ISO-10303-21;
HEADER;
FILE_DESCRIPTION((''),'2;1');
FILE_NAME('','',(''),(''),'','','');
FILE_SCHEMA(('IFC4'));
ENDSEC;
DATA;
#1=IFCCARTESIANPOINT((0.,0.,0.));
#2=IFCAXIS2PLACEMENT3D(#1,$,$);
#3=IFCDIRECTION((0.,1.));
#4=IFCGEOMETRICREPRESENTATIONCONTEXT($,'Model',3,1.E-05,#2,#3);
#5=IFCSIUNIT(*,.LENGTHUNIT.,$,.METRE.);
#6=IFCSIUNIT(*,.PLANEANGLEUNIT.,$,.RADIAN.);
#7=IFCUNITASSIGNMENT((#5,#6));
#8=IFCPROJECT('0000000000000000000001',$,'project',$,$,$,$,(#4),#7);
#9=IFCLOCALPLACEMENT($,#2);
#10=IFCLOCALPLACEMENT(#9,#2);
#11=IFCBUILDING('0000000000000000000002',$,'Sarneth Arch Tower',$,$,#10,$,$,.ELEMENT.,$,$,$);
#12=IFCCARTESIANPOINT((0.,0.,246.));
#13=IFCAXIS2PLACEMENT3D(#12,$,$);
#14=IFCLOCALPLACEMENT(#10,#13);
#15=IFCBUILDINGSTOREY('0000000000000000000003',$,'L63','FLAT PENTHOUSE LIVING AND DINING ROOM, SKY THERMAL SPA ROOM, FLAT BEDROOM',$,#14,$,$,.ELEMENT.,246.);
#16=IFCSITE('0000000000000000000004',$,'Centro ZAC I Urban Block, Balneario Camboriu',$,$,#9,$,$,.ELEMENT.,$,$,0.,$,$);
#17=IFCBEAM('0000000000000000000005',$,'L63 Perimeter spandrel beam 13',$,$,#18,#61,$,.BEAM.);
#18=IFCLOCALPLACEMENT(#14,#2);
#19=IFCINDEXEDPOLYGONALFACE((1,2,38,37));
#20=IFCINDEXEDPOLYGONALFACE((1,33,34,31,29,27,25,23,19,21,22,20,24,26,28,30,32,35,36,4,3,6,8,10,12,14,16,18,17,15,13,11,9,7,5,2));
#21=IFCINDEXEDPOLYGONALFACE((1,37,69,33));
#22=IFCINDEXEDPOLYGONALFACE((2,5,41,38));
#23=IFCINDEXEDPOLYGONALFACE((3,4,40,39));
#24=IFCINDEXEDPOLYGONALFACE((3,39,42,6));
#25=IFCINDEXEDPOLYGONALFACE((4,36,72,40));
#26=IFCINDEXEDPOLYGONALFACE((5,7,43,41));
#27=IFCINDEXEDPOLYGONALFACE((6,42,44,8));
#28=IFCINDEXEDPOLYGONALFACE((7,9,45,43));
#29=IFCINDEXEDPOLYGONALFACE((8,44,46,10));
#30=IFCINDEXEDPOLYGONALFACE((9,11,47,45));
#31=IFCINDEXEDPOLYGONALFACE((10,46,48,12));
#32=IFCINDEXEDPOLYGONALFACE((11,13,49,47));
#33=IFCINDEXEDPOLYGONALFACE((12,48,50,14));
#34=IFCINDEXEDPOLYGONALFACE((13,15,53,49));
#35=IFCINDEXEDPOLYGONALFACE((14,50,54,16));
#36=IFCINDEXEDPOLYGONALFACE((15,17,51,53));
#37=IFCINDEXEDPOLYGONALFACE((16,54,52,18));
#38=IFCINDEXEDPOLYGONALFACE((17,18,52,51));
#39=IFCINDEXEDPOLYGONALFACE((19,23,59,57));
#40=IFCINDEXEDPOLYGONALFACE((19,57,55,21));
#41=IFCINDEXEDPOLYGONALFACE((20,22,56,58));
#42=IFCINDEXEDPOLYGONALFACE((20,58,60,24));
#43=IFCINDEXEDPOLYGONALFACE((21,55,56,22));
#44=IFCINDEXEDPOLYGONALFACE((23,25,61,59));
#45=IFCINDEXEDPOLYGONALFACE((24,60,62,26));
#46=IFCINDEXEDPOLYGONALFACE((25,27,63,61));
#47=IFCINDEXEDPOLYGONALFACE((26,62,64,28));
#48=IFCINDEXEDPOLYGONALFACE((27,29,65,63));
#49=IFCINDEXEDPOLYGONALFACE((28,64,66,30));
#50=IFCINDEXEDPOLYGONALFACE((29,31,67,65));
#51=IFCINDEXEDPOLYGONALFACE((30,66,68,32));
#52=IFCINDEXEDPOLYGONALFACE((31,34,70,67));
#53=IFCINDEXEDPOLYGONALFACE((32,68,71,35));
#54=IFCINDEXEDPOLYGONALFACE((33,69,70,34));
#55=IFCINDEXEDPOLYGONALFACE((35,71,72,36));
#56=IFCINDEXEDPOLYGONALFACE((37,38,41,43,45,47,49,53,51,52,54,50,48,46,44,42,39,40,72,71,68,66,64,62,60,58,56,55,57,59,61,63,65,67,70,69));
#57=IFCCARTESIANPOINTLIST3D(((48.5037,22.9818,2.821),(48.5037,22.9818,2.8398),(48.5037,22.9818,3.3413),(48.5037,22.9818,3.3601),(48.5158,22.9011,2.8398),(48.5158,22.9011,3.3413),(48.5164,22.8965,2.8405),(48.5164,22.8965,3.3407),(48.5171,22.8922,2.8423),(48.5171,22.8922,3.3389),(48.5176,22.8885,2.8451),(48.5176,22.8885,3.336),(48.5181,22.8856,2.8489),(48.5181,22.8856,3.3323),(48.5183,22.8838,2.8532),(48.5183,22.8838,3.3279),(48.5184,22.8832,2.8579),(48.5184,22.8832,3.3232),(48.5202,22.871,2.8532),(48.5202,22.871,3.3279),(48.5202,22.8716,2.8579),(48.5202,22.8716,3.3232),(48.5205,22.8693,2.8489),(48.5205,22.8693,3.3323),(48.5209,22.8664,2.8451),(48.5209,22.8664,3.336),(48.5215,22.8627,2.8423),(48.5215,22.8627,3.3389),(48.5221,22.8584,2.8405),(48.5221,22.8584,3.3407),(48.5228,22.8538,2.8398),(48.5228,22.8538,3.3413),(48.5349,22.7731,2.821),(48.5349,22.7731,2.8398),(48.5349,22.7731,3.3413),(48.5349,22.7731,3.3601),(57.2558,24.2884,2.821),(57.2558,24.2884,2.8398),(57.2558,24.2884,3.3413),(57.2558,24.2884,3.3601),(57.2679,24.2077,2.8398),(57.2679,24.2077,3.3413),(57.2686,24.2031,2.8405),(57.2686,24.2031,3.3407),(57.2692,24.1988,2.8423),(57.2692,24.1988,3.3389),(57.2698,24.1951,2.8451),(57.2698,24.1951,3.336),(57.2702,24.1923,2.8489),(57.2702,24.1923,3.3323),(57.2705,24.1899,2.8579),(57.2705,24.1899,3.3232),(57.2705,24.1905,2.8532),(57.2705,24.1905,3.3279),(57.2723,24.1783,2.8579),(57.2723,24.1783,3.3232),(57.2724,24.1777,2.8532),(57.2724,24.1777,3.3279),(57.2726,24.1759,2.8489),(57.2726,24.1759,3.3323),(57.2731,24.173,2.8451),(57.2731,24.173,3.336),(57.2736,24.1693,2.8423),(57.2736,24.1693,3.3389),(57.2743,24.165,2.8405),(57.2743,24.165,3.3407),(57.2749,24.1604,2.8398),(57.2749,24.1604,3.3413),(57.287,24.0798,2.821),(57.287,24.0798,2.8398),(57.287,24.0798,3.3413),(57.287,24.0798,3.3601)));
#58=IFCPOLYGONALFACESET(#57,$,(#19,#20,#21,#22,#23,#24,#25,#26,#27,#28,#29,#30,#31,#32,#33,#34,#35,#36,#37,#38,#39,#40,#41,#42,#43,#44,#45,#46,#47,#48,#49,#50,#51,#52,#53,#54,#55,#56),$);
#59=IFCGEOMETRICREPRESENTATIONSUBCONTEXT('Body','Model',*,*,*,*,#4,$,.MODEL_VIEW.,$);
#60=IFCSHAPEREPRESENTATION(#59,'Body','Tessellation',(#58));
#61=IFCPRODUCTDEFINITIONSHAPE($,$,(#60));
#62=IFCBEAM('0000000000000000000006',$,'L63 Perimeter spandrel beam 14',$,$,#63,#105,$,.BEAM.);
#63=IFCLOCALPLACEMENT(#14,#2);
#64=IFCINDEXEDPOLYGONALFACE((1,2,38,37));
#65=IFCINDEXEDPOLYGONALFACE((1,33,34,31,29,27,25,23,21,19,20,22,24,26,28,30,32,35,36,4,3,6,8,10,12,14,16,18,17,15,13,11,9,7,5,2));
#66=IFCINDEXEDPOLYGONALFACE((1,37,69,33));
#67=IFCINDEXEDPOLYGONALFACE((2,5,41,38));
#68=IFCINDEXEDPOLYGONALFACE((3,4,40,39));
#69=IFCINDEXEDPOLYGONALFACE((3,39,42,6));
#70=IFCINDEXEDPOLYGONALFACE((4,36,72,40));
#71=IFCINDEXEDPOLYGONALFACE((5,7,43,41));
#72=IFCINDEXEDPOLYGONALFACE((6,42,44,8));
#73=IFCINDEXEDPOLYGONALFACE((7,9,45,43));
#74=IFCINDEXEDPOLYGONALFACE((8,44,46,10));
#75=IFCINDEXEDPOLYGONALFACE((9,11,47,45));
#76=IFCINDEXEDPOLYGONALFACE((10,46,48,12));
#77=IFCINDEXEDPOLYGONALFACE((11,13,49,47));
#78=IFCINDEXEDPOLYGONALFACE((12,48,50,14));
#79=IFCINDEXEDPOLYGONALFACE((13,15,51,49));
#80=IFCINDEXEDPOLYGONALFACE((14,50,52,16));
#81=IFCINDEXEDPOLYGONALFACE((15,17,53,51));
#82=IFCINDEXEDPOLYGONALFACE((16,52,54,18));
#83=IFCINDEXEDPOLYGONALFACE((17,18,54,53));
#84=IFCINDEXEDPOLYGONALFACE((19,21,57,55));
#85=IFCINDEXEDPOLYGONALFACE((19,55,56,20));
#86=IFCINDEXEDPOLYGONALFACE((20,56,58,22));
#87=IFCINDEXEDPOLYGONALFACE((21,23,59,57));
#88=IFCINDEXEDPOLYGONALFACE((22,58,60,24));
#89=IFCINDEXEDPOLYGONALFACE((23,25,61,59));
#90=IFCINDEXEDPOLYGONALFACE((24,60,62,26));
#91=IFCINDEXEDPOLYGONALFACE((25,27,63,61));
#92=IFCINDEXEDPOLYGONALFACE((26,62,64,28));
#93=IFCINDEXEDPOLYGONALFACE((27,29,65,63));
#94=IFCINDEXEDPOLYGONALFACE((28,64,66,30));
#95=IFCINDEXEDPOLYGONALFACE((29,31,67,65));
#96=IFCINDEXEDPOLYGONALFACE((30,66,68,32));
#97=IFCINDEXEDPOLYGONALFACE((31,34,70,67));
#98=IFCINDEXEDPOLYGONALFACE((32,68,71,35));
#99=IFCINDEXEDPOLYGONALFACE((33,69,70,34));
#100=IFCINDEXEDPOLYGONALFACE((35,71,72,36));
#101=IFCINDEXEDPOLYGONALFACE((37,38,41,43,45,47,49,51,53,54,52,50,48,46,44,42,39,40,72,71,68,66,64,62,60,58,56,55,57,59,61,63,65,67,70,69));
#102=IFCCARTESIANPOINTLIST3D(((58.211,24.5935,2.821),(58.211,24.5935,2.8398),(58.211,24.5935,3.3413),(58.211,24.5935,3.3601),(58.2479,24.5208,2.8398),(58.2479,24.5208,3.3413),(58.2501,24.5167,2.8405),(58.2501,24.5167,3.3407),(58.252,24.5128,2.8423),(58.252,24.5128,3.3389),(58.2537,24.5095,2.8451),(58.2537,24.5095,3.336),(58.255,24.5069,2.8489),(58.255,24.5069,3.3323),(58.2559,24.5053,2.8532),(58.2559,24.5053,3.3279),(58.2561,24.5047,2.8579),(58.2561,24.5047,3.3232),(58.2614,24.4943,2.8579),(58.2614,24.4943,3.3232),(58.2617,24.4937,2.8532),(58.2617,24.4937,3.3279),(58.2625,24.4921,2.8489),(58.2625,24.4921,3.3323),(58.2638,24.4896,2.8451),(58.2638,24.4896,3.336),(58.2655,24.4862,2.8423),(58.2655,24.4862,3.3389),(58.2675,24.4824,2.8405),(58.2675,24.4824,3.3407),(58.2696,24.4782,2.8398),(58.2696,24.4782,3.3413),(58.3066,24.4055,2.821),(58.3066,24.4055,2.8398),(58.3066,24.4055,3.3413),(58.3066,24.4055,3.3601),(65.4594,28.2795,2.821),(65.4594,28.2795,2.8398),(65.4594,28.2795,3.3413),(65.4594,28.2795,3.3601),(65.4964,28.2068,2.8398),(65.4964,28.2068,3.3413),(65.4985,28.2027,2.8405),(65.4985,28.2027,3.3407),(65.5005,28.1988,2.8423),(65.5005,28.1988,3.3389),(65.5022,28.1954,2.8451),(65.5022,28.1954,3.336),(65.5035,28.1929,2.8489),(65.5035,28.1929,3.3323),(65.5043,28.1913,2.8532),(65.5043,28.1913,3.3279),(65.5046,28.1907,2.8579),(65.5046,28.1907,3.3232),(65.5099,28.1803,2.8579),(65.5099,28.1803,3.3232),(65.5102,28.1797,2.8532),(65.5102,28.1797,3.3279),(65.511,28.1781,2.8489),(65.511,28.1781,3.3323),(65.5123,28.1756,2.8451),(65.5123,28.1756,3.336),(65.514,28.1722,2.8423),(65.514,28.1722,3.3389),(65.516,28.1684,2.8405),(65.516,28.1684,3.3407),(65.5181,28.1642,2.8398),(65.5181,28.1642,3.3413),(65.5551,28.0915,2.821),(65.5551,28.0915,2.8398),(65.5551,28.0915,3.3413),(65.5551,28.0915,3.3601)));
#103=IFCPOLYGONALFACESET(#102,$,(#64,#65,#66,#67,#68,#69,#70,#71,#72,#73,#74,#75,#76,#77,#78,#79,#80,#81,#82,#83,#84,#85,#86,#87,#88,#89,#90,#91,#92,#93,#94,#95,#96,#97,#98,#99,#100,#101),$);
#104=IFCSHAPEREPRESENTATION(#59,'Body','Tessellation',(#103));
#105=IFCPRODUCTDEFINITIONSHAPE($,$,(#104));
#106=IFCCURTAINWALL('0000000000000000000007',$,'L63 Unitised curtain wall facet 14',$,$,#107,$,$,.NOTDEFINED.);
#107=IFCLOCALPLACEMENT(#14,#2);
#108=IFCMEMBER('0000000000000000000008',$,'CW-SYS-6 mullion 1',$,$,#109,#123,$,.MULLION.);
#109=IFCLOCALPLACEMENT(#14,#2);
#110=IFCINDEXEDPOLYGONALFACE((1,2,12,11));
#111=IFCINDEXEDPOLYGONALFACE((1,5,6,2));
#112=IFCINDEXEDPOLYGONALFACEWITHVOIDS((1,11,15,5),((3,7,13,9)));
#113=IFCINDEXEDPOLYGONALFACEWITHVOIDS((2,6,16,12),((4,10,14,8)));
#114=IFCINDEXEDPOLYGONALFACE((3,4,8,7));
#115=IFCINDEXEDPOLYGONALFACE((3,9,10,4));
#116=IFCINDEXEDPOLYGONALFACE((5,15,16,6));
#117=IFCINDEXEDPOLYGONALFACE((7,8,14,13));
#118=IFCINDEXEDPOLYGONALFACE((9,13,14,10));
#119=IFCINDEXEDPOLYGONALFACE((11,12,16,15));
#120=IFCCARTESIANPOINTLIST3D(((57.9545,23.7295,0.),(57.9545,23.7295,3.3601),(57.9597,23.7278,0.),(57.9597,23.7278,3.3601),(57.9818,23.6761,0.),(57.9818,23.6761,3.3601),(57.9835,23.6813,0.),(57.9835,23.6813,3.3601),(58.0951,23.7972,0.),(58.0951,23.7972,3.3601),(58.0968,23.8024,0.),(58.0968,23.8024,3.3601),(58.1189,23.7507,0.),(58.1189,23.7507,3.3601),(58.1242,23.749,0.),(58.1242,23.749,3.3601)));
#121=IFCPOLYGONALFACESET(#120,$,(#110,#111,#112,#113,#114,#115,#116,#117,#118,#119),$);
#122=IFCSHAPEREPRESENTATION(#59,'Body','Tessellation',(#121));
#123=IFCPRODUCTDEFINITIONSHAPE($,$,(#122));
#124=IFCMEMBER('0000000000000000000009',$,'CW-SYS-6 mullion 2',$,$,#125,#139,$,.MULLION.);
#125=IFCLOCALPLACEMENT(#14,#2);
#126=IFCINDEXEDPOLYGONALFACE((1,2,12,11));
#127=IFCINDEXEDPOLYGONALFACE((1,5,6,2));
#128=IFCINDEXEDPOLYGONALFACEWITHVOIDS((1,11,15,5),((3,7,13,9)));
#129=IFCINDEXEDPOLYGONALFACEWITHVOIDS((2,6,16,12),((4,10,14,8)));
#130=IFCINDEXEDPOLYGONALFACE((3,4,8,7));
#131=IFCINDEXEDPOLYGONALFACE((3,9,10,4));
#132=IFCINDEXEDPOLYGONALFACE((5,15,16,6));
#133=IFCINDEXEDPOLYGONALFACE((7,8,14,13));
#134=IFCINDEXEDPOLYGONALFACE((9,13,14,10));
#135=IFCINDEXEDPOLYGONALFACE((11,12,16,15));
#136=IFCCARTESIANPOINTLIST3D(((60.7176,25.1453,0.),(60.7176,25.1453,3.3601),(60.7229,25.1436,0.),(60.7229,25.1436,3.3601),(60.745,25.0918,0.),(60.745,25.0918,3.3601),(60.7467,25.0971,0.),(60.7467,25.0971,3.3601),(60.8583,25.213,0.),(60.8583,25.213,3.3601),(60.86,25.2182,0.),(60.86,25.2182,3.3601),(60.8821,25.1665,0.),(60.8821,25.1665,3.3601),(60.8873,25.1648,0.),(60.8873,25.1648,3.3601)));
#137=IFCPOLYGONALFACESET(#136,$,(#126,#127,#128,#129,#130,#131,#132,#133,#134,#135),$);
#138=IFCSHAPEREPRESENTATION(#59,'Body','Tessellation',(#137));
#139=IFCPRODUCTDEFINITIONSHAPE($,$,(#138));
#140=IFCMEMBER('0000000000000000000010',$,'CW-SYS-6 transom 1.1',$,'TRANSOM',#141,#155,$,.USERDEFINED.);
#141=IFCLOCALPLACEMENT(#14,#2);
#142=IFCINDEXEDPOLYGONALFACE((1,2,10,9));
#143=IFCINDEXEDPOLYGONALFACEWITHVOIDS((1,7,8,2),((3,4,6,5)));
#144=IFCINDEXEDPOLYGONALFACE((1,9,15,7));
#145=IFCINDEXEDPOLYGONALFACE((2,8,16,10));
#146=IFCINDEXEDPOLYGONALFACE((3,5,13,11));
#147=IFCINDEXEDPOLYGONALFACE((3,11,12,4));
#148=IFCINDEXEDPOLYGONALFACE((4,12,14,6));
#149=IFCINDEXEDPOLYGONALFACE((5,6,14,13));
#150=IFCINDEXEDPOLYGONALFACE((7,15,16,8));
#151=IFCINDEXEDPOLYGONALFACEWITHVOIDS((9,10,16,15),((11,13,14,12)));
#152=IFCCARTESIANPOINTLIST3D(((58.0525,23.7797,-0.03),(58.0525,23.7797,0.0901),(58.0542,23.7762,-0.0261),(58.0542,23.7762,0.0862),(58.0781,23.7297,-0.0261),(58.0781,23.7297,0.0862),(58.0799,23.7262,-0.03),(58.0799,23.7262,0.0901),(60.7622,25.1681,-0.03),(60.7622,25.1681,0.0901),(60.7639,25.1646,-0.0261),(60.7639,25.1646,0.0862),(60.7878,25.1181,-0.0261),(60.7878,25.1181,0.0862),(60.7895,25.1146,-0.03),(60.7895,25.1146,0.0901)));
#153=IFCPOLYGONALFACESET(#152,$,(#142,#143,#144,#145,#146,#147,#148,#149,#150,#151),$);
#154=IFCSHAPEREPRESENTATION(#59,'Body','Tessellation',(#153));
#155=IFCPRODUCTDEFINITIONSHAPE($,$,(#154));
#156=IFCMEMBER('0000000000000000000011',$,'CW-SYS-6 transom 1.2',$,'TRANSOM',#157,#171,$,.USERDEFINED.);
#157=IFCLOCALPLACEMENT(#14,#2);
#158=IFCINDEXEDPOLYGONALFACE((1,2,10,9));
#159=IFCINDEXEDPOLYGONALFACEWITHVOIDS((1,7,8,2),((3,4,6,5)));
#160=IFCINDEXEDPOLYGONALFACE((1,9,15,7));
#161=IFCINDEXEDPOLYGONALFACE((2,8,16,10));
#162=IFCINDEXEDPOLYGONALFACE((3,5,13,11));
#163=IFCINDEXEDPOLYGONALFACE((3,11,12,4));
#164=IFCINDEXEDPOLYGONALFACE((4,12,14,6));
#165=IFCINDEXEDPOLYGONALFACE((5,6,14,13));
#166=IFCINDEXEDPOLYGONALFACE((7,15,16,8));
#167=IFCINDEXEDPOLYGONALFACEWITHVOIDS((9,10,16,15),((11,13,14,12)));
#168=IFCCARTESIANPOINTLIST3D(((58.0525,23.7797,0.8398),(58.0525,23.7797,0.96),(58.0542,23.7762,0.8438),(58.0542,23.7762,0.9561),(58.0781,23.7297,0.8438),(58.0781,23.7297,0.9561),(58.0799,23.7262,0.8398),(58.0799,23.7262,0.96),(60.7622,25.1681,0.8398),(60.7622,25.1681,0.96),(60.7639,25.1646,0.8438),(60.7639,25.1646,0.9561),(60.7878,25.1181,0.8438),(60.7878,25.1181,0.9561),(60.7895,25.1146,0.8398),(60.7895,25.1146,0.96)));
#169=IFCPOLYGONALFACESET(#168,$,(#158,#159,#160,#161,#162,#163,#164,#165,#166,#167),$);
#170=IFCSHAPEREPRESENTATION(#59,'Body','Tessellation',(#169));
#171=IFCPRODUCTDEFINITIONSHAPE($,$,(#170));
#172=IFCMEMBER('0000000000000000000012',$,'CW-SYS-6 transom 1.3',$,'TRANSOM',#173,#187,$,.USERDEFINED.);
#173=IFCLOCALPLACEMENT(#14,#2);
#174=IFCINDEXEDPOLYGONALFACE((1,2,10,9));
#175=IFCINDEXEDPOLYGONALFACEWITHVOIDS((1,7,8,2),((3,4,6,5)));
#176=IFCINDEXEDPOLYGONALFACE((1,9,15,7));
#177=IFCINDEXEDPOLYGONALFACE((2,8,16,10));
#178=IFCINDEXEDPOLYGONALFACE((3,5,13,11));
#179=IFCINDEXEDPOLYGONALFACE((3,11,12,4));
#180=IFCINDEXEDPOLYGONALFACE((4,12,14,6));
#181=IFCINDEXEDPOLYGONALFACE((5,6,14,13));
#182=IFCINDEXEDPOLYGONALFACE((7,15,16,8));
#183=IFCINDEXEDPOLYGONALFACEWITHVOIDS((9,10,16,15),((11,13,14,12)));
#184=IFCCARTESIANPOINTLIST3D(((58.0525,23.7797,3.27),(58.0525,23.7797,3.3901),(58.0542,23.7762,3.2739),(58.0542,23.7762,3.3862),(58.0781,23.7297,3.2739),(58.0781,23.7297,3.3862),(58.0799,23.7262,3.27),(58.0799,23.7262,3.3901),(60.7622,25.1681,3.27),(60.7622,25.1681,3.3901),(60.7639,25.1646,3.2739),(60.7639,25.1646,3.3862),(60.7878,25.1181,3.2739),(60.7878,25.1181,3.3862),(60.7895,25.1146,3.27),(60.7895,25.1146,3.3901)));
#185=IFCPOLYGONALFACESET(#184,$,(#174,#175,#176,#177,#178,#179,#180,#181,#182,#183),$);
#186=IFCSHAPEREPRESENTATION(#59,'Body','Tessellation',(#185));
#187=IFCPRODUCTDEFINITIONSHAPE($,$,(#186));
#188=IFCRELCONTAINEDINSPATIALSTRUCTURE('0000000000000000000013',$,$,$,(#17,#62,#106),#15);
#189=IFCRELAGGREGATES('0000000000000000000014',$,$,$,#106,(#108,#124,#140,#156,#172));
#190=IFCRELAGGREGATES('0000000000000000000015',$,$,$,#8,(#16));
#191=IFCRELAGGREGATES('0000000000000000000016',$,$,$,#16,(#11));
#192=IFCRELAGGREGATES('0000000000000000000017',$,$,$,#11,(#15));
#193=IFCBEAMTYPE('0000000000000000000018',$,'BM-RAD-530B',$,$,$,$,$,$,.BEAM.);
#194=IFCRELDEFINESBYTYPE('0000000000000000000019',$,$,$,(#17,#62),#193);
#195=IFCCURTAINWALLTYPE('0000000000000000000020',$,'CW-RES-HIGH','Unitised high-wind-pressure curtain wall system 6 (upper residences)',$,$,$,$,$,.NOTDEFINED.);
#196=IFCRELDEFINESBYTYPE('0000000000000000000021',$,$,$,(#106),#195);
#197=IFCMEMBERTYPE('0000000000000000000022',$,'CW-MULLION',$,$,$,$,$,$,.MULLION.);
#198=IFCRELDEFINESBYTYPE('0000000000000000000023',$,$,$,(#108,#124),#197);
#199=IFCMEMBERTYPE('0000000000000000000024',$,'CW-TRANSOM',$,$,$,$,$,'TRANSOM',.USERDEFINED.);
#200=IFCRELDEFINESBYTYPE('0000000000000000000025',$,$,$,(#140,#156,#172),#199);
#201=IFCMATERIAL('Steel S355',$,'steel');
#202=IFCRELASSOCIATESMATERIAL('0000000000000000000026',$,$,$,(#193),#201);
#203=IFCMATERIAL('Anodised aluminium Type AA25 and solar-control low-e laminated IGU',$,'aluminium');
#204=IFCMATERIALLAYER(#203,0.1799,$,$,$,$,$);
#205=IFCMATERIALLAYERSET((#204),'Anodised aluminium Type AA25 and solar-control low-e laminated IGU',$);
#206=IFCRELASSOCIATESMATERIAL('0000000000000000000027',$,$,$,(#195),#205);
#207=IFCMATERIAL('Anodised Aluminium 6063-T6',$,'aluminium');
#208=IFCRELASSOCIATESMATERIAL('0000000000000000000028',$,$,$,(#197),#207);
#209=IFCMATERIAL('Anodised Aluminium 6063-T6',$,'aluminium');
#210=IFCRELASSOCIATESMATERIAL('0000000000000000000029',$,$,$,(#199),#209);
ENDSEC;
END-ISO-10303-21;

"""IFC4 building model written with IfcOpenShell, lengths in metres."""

from ifc_helpers import new_model, si_unit, direction, frame, origin, origin_2d, place, context, subcontext, project, spatial, hollow_rectangle, i_section, extrude, material, layer, layer_set, material_profile, profile_set, type_object, element, aggregate, save


model = new_model("IFC4")

# Units and contexts
model_context = context("Model", 3, precision=1e-05, world=origin(), true_north=direction((0.0, 1.0)))
body_context = subcontext(model_context, "Body", "Model", "MODEL_VIEW")
ifc_project = project(units=[si_unit("LENGTHUNIT", "METRE"), si_unit("PLANEANGLEUNIT", "RADIAN")], contexts=[model_context])

# Site, building, storey
site_placement = place(None, origin())
site = spatial("IfcSite", under=ifc_project, at=site_placement, Name="Centro ZAC I Urban Block, Balneario Camboriu", CompositionType="ELEMENT", RefElevation=0.0)
building_placement = place(site_placement, origin())
building = spatial("IfcBuilding", under=site, at=building_placement, Name="Sarneth Arch Tower", CompositionType="ELEMENT")
storey_placement = place(building_placement, frame((0.0, 0.0, 246.0)))
storey = spatial("IfcBuildingStorey", under=building, at=storey_placement, Name="L63", Description="FLAT PENTHOUSE LIVING AND DINING ROOM, SKY THERMAL SPA ROOM, FLAT BEDROOM", CompositionType="ELEMENT", Elevation=246.0)

# Beams
ifc_material_1 = material(Name="Steel S355", Category="steel")
ifc_material_profile_1 = material_profile(ifc_material_1, i_section(OverallWidth=0.2109, OverallDepth=0.5391, WebThickness=0.0117, FlangeThickness=0.0188, FilletRadius=0.0181, at=origin_2d()), Name="W530x109")
ifc_profile_set_1 = profile_set([ifc_material_profile_1], Name="Steel S355")
beam_type_1 = type_object("IfcBeamType", Name="BM-RAD-530B", PredefinedType="BEAM", material=ifc_profile_set_1)
beam_1_placement = place(storey_placement, frame((48.5193, 22.8774, 3.0906), z_axis=(0.989039, 0.147656, 0.0), x_axis=(-0.147656, 0.989039, 0.0)))
element("IfcBeam", 1, at=beam_1_placement, inside=storey, type_object=beam_type_1, Name="L63 Perimeter spandrel beam 13", PredefinedType="BEAM", context=body_context, shape_type="SweptSolid", body=[
    extrude(i_section(OverallWidth=0.2109, OverallDepth=0.5391, WebThickness=0.0117, FlangeThickness=0.0188, FilletRadius=0.0181, at=origin_2d()), origin(), (0.0, 0.0, 1.0), 8.8491),
])
beam_2_placement = place(storey_placement, frame((58.2588, 24.4995, 3.0906), z_axis=(0.891368, 0.45328, 0.0), x_axis=(-0.45328, 0.891368, 0.0)))
element("IfcBeam", 2, at=beam_2_placement, inside=storey, type_object=beam_type_1, Name="L63 Perimeter spandrel beam 14", PredefinedType="BEAM", context=body_context, shape_type="SweptSolid", body=[
    extrude(i_section(OverallWidth=0.2109, OverallDepth=0.5391, WebThickness=0.0117, FlangeThickness=0.0188, FilletRadius=0.0181, at=origin_2d()), origin(), (0.0, 0.0, 1.0), 8.1318),
])

# Curtain wall, members
ifc_material_2 = material(Name="Anodised aluminium Type AA25 and solar-control low-e laminated IGU", Category="aluminium")
ifc_layer_1 = layer(ifc_material_2, 0.1799)
ifc_layer_set_1 = layer_set([ifc_layer_1], Name="Anodised aluminium Type AA25 and solar-control low-e laminated IGU")
curtain_wall_type = type_object("IfcCurtainWallType", Name="CW-RES-HIGH", Description="Unitised high-wind-pressure curtain wall system 6 (upper residences)", PredefinedType="NOTDEFINED", material=ifc_layer_set_1)
curtain_wall_placement = place(storey_placement, origin())
curtain_wall = element("IfcCurtainWall", 3, at=curtain_wall_placement, inside=storey, type_object=curtain_wall_type, Name="L63 Unitised curtain wall facet 14", PredefinedType="NOTDEFINED")
ifc_material_3 = material(Name="Anodised Aluminium 6063-T6", Category="aluminium")
ifc_material_profile_2 = material_profile(ifc_material_3, hollow_rectangle(XDim=0.0601, YDim=0.1599, WallThickness=0.0039, at=origin_2d()), Name="AL-MULL-160x60x4")
ifc_profile_set_2 = profile_set([ifc_material_profile_2], Name="Anodised Aluminium 6063-T6")
member_type_1 = type_object("IfcMemberType", Name="CW-MULLION", PredefinedType="MULLION", material=ifc_profile_set_2)
member_1_placement = place(storey_placement, frame((58.0393, 23.7393, 0.0), z_axis=(0.0, 0.0, 1.0), x_axis=(-0.455942, 0.89001, 0.0)))
member_1 = element("IfcMember", 4, at=member_1_placement, type_object=member_type_1, Name="CW-SYS-6 mullion 1", PredefinedType="MULLION", context=body_context, shape_type="SweptSolid", body=[
    extrude(hollow_rectangle(XDim=0.0601, YDim=0.1599, WallThickness=0.0039, at=origin_2d()), origin(), (0.0, 0.0, 1.0), 3.3601),
])
member_2_placement = place(storey_placement, frame((60.8025, 25.155, 0.0), z_axis=(0.0, 0.0, 1.0), x_axis=(-0.455942, 0.89001, 0.0)))
member_2 = element("IfcMember", 5, at=member_2_placement, type_object=member_type_1, Name="CW-SYS-6 mullion 2", PredefinedType="MULLION", context=body_context, shape_type="SweptSolid", body=[
    extrude(hollow_rectangle(XDim=0.0601, YDim=0.1599, WallThickness=0.0039, at=origin_2d()), origin(), (0.0, 0.0, 1.0), 3.3601),
])
ifc_material_4 = material(Name="Anodised Aluminium 6063-T6", Category="aluminium")
ifc_material_profile_3 = material_profile(ifc_material_4, hollow_rectangle(XDim=0.0601, YDim=0.1201, WallThickness=0.0039, at=origin_2d()), Name="AL-TRAN-120x60x4")
ifc_profile_set_3 = profile_set([ifc_material_profile_3], Name="Anodised Aluminium 6063-T6")
member_type_2 = type_object("IfcMemberType", Name="CW-TRANSOM", ElementType="TRANSOM", PredefinedType="USERDEFINED", material=ifc_profile_set_3)
member_3_placement = place(storey_placement, frame((58.0662, 23.7529, 0.03), z_axis=(0.889974, 0.456012, 0.0), x_axis=(-0.456012, 0.889974, 0.0)))
member_3 = element("IfcMember", 6, at=member_3_placement, type_object=member_type_2, Name="CW-SYS-6 transom 1.1", ObjectType="TRANSOM", PredefinedType="USERDEFINED", context=body_context, shape_type="SweptSolid", body=[
    extrude(hollow_rectangle(XDim=0.0601, YDim=0.1201, WallThickness=0.0039, at=origin_2d()), origin(), (0.0, 0.0, 1.0), 3.0447),
])
member_4_placement = place(storey_placement, frame((58.0662, 23.7529, 0.8999), z_axis=(0.889974, 0.456012, 0.0), x_axis=(-0.456012, 0.889974, 0.0)))
member_4 = element("IfcMember", 7, at=member_4_placement, type_object=member_type_2, Name="CW-SYS-6 transom 1.2", ObjectType="TRANSOM", PredefinedType="USERDEFINED", context=body_context, shape_type="SweptSolid", body=[
    extrude(hollow_rectangle(XDim=0.0601, YDim=0.1201, WallThickness=0.0039, at=origin_2d()), origin(), (0.0, 0.0, 1.0), 3.0447),
])
member_5_placement = place(storey_placement, frame((58.0662, 23.7529, 3.3301), z_axis=(0.889974, 0.456012, 0.0), x_axis=(-0.456012, 0.889974, 0.0)))
member_5 = element("IfcMember", 8, at=member_5_placement, type_object=member_type_2, Name="CW-SYS-6 transom 1.3", ObjectType="TRANSOM", PredefinedType="USERDEFINED", context=body_context, shape_type="SweptSolid", body=[
    extrude(hollow_rectangle(XDim=0.0601, YDim=0.1201, WallThickness=0.0039, at=origin_2d()), origin(), (0.0, 0.0, 1.0), 3.0447),
])
aggregate(curtain_wall, [member_1, member_2, member_3, member_4, member_5])

save(model, "model.ifc")
